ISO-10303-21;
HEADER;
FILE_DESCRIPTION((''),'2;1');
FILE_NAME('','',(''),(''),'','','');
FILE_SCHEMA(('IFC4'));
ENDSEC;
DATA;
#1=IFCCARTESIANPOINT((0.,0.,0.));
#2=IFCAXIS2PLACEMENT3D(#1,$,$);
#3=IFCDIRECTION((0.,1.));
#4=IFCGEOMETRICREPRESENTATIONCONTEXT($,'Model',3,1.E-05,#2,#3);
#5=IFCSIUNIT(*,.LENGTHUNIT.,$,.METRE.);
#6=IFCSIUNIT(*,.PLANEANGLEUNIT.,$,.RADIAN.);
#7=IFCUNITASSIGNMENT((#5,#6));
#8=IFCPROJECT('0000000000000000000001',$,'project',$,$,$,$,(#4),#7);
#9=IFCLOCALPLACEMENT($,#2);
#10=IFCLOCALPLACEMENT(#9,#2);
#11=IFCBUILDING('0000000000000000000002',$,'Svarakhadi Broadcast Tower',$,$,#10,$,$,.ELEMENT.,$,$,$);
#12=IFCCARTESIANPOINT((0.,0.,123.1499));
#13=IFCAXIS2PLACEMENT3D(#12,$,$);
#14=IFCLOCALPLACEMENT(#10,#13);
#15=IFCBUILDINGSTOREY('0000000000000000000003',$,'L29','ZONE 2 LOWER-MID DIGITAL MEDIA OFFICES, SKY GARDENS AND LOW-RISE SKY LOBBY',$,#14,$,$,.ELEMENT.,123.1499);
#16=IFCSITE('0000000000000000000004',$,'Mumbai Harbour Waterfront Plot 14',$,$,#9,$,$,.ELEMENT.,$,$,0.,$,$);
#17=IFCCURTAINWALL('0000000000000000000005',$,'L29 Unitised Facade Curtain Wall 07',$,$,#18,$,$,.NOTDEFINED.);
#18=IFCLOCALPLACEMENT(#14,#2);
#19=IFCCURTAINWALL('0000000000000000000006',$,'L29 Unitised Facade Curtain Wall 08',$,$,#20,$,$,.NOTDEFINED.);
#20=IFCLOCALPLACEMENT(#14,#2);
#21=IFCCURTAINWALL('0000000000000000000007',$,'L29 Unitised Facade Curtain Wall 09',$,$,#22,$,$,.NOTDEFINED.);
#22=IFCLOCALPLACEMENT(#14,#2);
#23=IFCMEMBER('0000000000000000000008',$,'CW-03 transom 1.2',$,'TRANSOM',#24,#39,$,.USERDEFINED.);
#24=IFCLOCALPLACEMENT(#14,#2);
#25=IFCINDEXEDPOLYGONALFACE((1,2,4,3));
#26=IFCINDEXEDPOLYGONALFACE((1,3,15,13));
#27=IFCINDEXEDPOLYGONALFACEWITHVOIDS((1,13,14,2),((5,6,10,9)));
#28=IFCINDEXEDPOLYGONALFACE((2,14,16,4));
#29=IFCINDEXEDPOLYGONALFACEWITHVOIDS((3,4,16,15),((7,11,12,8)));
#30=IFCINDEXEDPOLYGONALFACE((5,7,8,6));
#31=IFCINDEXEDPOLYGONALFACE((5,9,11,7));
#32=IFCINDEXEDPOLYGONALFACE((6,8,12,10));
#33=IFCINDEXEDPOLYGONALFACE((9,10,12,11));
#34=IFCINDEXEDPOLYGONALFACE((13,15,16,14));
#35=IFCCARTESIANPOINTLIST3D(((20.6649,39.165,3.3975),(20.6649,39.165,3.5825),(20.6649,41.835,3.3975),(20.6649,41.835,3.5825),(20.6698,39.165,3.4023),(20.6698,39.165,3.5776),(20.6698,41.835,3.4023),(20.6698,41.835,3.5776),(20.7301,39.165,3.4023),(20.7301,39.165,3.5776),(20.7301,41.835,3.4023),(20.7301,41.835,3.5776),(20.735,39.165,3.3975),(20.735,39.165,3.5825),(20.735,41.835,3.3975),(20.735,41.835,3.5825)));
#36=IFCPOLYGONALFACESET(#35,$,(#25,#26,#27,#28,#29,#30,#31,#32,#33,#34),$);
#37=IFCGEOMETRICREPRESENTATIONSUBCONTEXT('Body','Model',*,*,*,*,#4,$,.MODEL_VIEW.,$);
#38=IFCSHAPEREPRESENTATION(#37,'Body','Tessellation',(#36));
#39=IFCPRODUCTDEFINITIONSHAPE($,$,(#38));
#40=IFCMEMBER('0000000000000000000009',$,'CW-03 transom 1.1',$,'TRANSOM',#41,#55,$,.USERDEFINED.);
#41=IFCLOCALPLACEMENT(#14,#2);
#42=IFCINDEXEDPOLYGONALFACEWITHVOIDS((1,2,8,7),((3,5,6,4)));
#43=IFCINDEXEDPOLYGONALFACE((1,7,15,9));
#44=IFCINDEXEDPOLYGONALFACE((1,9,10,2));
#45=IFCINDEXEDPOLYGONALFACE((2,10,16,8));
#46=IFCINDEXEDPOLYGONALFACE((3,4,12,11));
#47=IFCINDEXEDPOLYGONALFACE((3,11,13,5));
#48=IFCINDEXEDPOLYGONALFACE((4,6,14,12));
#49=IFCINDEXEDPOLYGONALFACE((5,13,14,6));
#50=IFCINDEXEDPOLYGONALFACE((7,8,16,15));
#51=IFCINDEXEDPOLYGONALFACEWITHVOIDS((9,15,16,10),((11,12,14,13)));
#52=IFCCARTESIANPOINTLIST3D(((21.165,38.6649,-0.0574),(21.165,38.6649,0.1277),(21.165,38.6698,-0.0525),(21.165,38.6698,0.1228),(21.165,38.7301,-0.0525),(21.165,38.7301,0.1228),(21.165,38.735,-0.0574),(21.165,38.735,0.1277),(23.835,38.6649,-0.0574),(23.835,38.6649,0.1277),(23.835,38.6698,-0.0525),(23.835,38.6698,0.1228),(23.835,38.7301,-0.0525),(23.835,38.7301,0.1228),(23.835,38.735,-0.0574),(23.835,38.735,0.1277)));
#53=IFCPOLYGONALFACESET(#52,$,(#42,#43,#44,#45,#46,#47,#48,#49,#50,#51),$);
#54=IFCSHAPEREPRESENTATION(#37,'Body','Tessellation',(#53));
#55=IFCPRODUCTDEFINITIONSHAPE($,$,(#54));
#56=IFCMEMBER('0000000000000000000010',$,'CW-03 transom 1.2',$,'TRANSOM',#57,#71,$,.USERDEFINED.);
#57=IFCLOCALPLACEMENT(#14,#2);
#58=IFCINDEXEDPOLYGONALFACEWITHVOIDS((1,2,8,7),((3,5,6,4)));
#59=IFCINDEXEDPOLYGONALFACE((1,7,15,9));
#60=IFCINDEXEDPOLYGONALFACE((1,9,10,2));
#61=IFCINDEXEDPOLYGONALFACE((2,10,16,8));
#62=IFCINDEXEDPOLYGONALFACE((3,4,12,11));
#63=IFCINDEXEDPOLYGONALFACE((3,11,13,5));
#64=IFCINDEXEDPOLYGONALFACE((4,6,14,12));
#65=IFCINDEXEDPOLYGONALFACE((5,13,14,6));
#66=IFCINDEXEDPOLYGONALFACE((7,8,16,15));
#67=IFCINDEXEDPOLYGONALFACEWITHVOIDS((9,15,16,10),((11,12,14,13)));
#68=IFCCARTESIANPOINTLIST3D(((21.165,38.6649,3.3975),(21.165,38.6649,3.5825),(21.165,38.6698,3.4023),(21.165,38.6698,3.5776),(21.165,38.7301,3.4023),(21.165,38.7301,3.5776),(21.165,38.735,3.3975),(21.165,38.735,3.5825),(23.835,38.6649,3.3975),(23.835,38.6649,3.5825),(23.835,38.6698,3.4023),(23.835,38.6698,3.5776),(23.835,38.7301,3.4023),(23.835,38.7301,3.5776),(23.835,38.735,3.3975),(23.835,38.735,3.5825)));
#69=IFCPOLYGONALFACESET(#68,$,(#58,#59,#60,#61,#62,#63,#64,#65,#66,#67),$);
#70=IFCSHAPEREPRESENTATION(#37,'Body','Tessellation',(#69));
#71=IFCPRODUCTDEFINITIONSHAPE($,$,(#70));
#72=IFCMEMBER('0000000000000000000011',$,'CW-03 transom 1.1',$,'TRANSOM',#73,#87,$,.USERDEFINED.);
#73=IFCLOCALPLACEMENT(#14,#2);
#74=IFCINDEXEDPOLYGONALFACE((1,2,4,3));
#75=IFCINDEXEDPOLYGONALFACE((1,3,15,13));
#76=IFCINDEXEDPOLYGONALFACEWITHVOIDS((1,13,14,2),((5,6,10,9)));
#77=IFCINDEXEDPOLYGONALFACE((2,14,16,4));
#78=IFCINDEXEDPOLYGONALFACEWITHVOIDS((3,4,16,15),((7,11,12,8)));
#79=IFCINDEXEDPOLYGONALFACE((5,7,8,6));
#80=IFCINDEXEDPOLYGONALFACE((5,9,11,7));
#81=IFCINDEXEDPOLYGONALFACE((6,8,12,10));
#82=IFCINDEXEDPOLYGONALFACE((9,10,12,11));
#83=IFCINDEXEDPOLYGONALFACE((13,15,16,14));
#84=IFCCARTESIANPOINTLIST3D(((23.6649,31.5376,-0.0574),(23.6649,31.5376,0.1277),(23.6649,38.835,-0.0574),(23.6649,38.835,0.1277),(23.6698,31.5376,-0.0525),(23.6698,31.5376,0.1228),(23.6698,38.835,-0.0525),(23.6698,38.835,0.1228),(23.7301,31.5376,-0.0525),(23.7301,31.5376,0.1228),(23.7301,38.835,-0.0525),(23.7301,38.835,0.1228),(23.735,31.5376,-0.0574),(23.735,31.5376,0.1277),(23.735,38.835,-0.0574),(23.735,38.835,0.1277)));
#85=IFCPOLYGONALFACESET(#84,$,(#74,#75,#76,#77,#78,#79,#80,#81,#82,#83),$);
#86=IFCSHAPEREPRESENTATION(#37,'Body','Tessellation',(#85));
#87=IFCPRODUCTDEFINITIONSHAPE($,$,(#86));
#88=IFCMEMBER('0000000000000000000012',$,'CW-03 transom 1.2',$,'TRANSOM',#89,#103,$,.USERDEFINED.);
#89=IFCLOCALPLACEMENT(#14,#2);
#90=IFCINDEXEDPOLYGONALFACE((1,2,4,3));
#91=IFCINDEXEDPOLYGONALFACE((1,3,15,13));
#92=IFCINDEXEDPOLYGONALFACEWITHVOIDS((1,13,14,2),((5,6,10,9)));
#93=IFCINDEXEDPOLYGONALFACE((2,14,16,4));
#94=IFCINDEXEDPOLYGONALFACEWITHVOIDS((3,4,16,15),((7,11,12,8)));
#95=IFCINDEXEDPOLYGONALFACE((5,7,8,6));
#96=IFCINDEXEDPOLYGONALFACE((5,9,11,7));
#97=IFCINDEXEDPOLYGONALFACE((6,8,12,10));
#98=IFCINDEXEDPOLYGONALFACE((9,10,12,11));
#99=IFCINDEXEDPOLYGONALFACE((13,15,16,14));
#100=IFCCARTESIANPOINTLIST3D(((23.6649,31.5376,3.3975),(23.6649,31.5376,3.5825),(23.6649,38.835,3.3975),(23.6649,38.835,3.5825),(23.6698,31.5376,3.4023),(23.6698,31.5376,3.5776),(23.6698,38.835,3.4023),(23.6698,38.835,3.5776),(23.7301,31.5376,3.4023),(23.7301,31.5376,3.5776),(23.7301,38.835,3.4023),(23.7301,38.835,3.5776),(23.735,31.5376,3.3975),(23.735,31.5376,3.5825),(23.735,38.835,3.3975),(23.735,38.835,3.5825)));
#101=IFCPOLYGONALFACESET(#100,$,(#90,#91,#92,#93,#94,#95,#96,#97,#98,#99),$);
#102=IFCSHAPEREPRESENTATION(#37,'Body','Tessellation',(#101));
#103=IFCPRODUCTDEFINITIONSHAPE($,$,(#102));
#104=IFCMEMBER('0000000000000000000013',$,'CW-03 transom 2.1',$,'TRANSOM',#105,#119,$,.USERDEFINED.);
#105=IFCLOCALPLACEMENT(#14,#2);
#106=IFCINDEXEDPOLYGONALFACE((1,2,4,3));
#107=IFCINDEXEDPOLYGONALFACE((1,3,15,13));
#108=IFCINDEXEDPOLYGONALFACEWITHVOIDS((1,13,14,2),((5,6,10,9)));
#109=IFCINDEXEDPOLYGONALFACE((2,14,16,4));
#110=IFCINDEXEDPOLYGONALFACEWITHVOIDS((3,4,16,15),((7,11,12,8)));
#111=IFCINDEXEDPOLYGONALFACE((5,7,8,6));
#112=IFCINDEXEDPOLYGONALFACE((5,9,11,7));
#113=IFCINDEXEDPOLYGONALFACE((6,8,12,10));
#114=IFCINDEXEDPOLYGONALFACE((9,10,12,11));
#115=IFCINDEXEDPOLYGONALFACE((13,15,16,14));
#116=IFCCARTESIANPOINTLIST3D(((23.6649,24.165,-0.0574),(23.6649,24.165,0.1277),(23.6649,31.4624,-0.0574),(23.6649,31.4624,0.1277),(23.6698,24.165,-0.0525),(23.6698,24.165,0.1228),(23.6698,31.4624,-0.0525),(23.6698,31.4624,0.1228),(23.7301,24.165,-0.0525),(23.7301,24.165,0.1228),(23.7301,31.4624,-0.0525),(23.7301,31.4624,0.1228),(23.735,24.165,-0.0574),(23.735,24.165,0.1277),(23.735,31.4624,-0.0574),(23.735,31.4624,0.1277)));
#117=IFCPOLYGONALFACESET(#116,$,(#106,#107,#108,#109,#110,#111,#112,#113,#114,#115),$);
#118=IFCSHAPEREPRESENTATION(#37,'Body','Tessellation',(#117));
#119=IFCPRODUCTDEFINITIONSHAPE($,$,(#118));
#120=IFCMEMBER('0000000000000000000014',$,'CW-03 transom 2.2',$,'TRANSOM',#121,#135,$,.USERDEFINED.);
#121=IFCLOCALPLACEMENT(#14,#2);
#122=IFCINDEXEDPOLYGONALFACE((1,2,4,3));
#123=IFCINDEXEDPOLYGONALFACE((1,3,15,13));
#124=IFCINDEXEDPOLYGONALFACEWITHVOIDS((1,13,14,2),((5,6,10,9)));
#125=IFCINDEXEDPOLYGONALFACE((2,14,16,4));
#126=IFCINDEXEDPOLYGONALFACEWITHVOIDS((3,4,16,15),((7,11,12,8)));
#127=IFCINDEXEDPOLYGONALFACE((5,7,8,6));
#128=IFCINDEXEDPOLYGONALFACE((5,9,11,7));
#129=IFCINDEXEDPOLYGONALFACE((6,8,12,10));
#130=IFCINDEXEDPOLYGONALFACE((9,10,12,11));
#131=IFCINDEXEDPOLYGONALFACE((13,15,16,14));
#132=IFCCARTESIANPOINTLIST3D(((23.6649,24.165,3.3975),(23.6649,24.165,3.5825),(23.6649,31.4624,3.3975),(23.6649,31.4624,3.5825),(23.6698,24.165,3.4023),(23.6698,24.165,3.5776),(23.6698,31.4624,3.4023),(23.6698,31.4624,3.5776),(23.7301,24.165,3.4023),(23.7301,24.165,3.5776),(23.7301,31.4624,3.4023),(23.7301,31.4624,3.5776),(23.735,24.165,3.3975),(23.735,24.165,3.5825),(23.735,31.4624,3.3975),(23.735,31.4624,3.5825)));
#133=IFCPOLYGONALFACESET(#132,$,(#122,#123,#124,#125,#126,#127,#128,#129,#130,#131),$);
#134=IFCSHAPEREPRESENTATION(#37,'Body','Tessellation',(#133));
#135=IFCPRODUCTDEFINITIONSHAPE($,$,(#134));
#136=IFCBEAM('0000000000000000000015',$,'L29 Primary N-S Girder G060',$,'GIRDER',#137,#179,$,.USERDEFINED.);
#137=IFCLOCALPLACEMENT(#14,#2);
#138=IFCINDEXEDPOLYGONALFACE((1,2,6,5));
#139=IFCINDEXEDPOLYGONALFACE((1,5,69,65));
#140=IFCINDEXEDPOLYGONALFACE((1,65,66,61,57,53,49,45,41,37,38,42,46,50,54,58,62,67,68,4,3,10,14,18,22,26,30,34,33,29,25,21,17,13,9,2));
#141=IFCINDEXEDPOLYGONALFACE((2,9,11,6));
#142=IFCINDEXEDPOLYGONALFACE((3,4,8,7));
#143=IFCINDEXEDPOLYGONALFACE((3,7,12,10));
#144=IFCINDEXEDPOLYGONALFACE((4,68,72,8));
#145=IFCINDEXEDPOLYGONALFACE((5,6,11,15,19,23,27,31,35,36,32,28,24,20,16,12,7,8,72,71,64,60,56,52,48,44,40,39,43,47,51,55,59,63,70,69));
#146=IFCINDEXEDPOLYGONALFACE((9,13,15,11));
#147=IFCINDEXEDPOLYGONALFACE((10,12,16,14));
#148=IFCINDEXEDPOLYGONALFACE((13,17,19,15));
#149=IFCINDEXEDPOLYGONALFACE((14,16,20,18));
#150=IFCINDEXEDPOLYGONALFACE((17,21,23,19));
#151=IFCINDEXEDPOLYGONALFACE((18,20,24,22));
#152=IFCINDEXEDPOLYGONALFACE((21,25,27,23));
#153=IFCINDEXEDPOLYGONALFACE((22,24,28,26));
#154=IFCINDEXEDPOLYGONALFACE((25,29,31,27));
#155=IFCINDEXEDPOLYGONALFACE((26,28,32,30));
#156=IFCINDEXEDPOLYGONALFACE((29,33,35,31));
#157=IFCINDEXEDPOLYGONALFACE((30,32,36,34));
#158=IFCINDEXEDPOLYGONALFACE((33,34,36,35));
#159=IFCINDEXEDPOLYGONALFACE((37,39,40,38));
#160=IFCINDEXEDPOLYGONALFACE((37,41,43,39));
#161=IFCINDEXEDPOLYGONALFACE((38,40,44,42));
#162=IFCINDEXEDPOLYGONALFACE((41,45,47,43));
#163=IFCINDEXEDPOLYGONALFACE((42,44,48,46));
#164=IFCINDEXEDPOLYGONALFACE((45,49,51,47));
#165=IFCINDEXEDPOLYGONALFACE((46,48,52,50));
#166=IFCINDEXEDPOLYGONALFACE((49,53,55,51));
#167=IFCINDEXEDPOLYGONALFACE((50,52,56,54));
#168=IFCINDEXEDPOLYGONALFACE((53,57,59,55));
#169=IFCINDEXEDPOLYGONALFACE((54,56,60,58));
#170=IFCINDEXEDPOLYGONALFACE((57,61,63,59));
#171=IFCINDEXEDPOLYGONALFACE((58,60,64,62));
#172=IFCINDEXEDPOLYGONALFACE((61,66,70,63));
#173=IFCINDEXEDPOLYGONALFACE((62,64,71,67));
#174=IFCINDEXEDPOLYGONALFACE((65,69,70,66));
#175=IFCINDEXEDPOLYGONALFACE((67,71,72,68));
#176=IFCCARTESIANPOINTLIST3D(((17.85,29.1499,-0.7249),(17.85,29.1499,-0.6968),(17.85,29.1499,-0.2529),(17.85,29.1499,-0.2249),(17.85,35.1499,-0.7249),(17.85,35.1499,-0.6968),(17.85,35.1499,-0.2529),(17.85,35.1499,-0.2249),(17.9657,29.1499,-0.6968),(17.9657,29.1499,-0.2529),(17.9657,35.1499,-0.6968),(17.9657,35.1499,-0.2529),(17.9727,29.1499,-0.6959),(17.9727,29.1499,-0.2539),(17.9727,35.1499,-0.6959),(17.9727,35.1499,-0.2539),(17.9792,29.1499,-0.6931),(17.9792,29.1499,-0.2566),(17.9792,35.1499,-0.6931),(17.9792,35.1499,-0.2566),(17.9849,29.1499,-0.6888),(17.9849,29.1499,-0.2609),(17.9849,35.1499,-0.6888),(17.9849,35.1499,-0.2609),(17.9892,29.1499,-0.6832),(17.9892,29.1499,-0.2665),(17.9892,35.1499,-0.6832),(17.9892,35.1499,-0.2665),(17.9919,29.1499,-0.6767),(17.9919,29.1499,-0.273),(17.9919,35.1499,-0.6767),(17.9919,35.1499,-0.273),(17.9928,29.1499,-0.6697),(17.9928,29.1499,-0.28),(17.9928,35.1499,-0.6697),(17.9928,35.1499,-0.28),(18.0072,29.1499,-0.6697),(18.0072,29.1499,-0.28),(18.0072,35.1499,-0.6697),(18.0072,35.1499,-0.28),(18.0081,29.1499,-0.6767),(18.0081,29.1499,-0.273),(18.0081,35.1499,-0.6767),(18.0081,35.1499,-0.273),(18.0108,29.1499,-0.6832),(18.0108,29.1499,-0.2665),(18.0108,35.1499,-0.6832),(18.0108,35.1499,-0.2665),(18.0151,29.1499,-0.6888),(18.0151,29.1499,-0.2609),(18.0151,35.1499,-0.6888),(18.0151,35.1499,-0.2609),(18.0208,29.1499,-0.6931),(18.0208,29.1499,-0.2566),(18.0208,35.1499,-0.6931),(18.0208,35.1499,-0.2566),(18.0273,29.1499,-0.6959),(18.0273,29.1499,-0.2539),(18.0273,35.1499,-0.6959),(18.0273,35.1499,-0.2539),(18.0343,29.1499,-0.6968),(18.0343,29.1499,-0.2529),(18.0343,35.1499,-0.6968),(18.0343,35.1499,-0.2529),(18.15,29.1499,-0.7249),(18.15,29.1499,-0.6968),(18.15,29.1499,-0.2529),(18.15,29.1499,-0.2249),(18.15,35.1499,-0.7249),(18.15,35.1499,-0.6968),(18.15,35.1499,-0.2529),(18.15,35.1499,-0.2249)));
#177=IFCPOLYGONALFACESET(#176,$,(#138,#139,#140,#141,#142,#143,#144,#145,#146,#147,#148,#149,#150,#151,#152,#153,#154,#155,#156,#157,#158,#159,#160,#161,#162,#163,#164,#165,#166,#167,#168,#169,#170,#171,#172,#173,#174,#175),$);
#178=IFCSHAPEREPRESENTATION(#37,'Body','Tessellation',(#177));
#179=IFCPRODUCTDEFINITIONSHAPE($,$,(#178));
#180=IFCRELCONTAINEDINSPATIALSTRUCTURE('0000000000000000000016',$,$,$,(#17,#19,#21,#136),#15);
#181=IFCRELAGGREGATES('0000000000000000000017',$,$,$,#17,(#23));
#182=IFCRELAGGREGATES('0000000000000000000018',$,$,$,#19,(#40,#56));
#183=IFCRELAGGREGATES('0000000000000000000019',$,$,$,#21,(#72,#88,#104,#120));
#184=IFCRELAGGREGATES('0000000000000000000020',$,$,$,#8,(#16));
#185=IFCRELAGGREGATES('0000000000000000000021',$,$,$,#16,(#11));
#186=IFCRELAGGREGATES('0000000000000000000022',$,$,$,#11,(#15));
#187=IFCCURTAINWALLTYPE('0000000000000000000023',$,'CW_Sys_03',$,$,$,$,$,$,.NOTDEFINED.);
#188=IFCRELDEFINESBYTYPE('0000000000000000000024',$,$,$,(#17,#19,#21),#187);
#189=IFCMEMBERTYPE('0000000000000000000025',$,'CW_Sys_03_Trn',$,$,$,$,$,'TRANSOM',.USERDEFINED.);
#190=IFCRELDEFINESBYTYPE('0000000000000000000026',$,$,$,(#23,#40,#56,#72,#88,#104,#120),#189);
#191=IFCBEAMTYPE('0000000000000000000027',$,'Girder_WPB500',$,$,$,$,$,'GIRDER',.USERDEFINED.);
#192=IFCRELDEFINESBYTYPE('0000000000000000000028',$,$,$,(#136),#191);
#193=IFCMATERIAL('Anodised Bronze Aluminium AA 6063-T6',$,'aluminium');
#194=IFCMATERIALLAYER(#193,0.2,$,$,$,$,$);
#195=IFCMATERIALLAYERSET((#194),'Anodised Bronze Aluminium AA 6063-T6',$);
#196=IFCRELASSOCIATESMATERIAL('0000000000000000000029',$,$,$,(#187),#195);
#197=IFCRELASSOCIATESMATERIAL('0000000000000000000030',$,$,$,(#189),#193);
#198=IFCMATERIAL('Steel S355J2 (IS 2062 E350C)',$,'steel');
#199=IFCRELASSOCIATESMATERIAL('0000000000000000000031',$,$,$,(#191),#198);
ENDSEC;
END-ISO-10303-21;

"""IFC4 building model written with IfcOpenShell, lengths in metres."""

from ifc_helpers import new_model, si_unit, direction, frame, origin, origin_2d, place, context, subcontext, project, spatial, hollow_rectangle, i_section, extrude, material, layer, layer_set, material_profile, profile_set, type_object, element, aggregate, save


model = new_model("IFC4")

# Units and contexts
model_context = context("Model", 3, precision=1e-05, world=origin(), true_north=direction((0.0, 1.0)))
body_context = subcontext(model_context, "Body", "Model", "MODEL_VIEW")
ifc_project = project(units=[si_unit("LENGTHUNIT", "METRE"), si_unit("PLANEANGLEUNIT", "RADIAN")], contexts=[model_context])

# Site, building, storey
site_placement = place(None, origin())
site = spatial("IfcSite", under=ifc_project, at=site_placement, Name="Mumbai Harbour Waterfront Plot 14", CompositionType="ELEMENT", RefElevation=0.0)
building_placement = place(site_placement, origin())
building = spatial("IfcBuilding", under=site, at=building_placement, Name="Svarakhadi Broadcast Tower", CompositionType="ELEMENT")
storey_placement = place(building_placement, frame((0.0, 0.0, 123.1499)))
storey = spatial("IfcBuildingStorey", under=building, at=storey_placement, Name="L29", Description="ZONE 2 LOWER-MID DIGITAL MEDIA OFFICES, SKY GARDENS AND LOW-RISE SKY LOBBY", CompositionType="ELEMENT", Elevation=123.1499)

# Curtain walls
ifc_material_1 = material(Name="Anodised Bronze Aluminium AA 6063-T6", Category="aluminium")
ifc_layer_1 = layer(ifc_material_1, 0.2)
ifc_layer_set_1 = layer_set([ifc_layer_1], Name="Anodised Bronze Aluminium AA 6063-T6")
curtain_wall_type = type_object("IfcCurtainWallType", Name="CW_Sys_03", PredefinedType="NOTDEFINED", material=ifc_layer_set_1)
curtain_wall_1_placement = place(storey_placement, origin())
curtain_wall_1 = element("IfcCurtainWall", 1, at=curtain_wall_1_placement, inside=storey, type_object=curtain_wall_type, Name="L29 Unitised Facade Curtain Wall 07", PredefinedType="NOTDEFINED")
curtain_wall_2_placement = place(storey_placement, origin())
curtain_wall_2 = element("IfcCurtainWall", 2, at=curtain_wall_2_placement, inside=storey, type_object=curtain_wall_type, Name="L29 Unitised Facade Curtain Wall 08", PredefinedType="NOTDEFINED")
curtain_wall_3_placement = place(storey_placement, origin())
curtain_wall_3 = element("IfcCurtainWall", 3, at=curtain_wall_3_placement, inside=storey, type_object=curtain_wall_type, Name="L29 Unitised Facade Curtain Wall 09", PredefinedType="NOTDEFINED")

# Members
ifc_material_profile_1 = material_profile(ifc_material_1, hollow_rectangle(XDim=0.0701, YDim=0.1851, WallThickness=0.0049, at=origin_2d()), Name="ALU TRANSOM 185x70x5")
ifc_profile_set_1 = profile_set([ifc_material_profile_1], Name="Anodised Bronze Aluminium AA 6063-T6")
member_type_1 = type_object("IfcMemberType", Name="CW_Sys_03_Trn", ElementType="TRANSOM", PredefinedType="USERDEFINED", material=ifc_profile_set_1)
member_1_placement = place(storey_placement, frame((20.7, 41.835, 3.49), z_axis=(0.0, -1.0, 0.0), x_axis=(1.0, 0.0, 0.0)))
member_1 = element("IfcMember", 4, at=member_1_placement, type_object=member_type_1, Name="CW-03 transom 1.2", ObjectType="TRANSOM", PredefinedType="USERDEFINED", context=body_context, shape_type="SweptSolid", body=[
    extrude(hollow_rectangle(XDim=0.0701, YDim=0.1851, WallThickness=0.0049, at=origin_2d()), origin(), (0.0, 0.0, 1.0), 2.6699),
])
member_2_placement = place(storey_placement, frame((21.165, 38.7, 0.0352), z_axis=(1.0, 0.0, 0.0), x_axis=(0.0, 1.0, 0.0)))
member_2 = element("IfcMember", 5, at=member_2_placement, type_object=member_type_1, Name="CW-03 transom 1.1", ObjectType="TRANSOM", PredefinedType="USERDEFINED", context=body_context, shape_type="SweptSolid", body=[
    extrude(hollow_rectangle(XDim=0.0701, YDim=0.1851, WallThickness=0.0049, at=origin_2d()), origin(), (0.0, 0.0, 1.0), 2.6699),
])
member_3_placement = place(storey_placement, frame((21.165, 38.7, 3.49), z_axis=(1.0, 0.0, 0.0), x_axis=(0.0, 1.0, 0.0)))
member_3 = element("IfcMember", 6, at=member_3_placement, type_object=member_type_1, Name="CW-03 transom 1.2", ObjectType="TRANSOM", PredefinedType="USERDEFINED", context=body_context, shape_type="SweptSolid", body=[
    extrude(hollow_rectangle(XDim=0.0701, YDim=0.1851, WallThickness=0.0049, at=origin_2d()), origin(), (0.0, 0.0, 1.0), 2.6699),
])
member_4_placement = place(storey_placement, frame((23.7, 38.835, 0.0352), z_axis=(0.0, -1.0, 0.0), x_axis=(1.0, 0.0, 0.0)))
member_4 = element("IfcMember", 7, at=member_4_placement, type_object=member_type_1, Name="CW-03 transom 1.1", ObjectType="TRANSOM", PredefinedType="USERDEFINED", context=body_context, shape_type="SweptSolid", body=[
    extrude(hollow_rectangle(XDim=0.0701, YDim=0.1851, WallThickness=0.0049, at=origin_2d()), origin(), (0.0, 0.0, 1.0), 7.2974),
])
member_5_placement = place(storey_placement, frame((23.7, 38.835, 3.49), z_axis=(0.0, -1.0, 0.0), x_axis=(1.0, 0.0, 0.0)))
member_5 = element("IfcMember", 8, at=member_5_placement, type_object=member_type_1, Name="CW-03 transom 1.2", ObjectType="TRANSOM", PredefinedType="USERDEFINED", context=body_context, shape_type="SweptSolid", body=[
    extrude(hollow_rectangle(XDim=0.0701, YDim=0.1851, WallThickness=0.0049, at=origin_2d()), origin(), (0.0, 0.0, 1.0), 7.2974),
])
member_6_placement = place(storey_placement, frame((23.7, 31.4624, 0.0352), z_axis=(0.0, -1.0, 0.0), x_axis=(1.0, 0.0, 0.0)))
member_6 = element("IfcMember", 9, at=member_6_placement, type_object=member_type_1, Name="CW-03 transom 2.1", ObjectType="TRANSOM", PredefinedType="USERDEFINED", context=body_context, shape_type="SweptSolid", body=[
    extrude(hollow_rectangle(XDim=0.0701, YDim=0.1851, WallThickness=0.0049, at=origin_2d()), origin(), (0.0, 0.0, 1.0), 7.2974),
])
member_7_placement = place(storey_placement, frame((23.7, 31.4624, 3.49), z_axis=(0.0, -1.0, 0.0), x_axis=(1.0, 0.0, 0.0)))
member_7 = element("IfcMember", 10, at=member_7_placement, type_object=member_type_1, Name="CW-03 transom 2.2", ObjectType="TRANSOM", PredefinedType="USERDEFINED", context=body_context, shape_type="SweptSolid", body=[
    extrude(hollow_rectangle(XDim=0.0701, YDim=0.1851, WallThickness=0.0049, at=origin_2d()), origin(), (0.0, 0.0, 1.0), 7.2974),
])

# Beam
ifc_material_2 = material(Name="Steel S355J2 (IS 2062 E350C)", Category="steel")
ifc_material_profile_2 = material_profile(ifc_material_2, i_section(OverallWidth=0.3, OverallDepth=0.5, WebThickness=0.0144, FlangeThickness=0.0281, FilletRadius=0.0271, at=origin_2d()), Name="WPB 500x300x187")
ifc_profile_set_2 = profile_set([ifc_material_profile_2], Name="Steel S355J2 (IS 2062 E350C)")
beam_type = type_object("IfcBeamType", Name="Girder_WPB500", ElementType="GIRDER", PredefinedType="USERDEFINED", material=ifc_profile_set_2)
for number, where, z_axis, x_axis, name in (
    (11, (18.0, 29.1499, -0.4749), (0.0, 1.0, 0.0), (-1.0, 0.0, 0.0), "L29 Primary N-S Girder G060"),
):
    element("IfcBeam", number, at=place(storey_placement, frame(where, z_axis=z_axis, x_axis=x_axis)), inside=storey, type_object=beam_type, Name=name, ObjectType="GIRDER", PredefinedType="USERDEFINED", context=body_context, shape_type="SweptSolid", body=[
        extrude(i_section(OverallWidth=0.3, OverallDepth=0.5, WebThickness=0.0144, FlangeThickness=0.0281, FilletRadius=0.0271, at=origin_2d()), origin(), (0.0, 0.0, 1.0), 6.0),
    ])

aggregate(curtain_wall_1, [member_1])
aggregate(curtain_wall_2, [member_2, member_3])
aggregate(curtain_wall_3, [member_4, member_5, member_6, member_7])

save(model, "model.ifc")
